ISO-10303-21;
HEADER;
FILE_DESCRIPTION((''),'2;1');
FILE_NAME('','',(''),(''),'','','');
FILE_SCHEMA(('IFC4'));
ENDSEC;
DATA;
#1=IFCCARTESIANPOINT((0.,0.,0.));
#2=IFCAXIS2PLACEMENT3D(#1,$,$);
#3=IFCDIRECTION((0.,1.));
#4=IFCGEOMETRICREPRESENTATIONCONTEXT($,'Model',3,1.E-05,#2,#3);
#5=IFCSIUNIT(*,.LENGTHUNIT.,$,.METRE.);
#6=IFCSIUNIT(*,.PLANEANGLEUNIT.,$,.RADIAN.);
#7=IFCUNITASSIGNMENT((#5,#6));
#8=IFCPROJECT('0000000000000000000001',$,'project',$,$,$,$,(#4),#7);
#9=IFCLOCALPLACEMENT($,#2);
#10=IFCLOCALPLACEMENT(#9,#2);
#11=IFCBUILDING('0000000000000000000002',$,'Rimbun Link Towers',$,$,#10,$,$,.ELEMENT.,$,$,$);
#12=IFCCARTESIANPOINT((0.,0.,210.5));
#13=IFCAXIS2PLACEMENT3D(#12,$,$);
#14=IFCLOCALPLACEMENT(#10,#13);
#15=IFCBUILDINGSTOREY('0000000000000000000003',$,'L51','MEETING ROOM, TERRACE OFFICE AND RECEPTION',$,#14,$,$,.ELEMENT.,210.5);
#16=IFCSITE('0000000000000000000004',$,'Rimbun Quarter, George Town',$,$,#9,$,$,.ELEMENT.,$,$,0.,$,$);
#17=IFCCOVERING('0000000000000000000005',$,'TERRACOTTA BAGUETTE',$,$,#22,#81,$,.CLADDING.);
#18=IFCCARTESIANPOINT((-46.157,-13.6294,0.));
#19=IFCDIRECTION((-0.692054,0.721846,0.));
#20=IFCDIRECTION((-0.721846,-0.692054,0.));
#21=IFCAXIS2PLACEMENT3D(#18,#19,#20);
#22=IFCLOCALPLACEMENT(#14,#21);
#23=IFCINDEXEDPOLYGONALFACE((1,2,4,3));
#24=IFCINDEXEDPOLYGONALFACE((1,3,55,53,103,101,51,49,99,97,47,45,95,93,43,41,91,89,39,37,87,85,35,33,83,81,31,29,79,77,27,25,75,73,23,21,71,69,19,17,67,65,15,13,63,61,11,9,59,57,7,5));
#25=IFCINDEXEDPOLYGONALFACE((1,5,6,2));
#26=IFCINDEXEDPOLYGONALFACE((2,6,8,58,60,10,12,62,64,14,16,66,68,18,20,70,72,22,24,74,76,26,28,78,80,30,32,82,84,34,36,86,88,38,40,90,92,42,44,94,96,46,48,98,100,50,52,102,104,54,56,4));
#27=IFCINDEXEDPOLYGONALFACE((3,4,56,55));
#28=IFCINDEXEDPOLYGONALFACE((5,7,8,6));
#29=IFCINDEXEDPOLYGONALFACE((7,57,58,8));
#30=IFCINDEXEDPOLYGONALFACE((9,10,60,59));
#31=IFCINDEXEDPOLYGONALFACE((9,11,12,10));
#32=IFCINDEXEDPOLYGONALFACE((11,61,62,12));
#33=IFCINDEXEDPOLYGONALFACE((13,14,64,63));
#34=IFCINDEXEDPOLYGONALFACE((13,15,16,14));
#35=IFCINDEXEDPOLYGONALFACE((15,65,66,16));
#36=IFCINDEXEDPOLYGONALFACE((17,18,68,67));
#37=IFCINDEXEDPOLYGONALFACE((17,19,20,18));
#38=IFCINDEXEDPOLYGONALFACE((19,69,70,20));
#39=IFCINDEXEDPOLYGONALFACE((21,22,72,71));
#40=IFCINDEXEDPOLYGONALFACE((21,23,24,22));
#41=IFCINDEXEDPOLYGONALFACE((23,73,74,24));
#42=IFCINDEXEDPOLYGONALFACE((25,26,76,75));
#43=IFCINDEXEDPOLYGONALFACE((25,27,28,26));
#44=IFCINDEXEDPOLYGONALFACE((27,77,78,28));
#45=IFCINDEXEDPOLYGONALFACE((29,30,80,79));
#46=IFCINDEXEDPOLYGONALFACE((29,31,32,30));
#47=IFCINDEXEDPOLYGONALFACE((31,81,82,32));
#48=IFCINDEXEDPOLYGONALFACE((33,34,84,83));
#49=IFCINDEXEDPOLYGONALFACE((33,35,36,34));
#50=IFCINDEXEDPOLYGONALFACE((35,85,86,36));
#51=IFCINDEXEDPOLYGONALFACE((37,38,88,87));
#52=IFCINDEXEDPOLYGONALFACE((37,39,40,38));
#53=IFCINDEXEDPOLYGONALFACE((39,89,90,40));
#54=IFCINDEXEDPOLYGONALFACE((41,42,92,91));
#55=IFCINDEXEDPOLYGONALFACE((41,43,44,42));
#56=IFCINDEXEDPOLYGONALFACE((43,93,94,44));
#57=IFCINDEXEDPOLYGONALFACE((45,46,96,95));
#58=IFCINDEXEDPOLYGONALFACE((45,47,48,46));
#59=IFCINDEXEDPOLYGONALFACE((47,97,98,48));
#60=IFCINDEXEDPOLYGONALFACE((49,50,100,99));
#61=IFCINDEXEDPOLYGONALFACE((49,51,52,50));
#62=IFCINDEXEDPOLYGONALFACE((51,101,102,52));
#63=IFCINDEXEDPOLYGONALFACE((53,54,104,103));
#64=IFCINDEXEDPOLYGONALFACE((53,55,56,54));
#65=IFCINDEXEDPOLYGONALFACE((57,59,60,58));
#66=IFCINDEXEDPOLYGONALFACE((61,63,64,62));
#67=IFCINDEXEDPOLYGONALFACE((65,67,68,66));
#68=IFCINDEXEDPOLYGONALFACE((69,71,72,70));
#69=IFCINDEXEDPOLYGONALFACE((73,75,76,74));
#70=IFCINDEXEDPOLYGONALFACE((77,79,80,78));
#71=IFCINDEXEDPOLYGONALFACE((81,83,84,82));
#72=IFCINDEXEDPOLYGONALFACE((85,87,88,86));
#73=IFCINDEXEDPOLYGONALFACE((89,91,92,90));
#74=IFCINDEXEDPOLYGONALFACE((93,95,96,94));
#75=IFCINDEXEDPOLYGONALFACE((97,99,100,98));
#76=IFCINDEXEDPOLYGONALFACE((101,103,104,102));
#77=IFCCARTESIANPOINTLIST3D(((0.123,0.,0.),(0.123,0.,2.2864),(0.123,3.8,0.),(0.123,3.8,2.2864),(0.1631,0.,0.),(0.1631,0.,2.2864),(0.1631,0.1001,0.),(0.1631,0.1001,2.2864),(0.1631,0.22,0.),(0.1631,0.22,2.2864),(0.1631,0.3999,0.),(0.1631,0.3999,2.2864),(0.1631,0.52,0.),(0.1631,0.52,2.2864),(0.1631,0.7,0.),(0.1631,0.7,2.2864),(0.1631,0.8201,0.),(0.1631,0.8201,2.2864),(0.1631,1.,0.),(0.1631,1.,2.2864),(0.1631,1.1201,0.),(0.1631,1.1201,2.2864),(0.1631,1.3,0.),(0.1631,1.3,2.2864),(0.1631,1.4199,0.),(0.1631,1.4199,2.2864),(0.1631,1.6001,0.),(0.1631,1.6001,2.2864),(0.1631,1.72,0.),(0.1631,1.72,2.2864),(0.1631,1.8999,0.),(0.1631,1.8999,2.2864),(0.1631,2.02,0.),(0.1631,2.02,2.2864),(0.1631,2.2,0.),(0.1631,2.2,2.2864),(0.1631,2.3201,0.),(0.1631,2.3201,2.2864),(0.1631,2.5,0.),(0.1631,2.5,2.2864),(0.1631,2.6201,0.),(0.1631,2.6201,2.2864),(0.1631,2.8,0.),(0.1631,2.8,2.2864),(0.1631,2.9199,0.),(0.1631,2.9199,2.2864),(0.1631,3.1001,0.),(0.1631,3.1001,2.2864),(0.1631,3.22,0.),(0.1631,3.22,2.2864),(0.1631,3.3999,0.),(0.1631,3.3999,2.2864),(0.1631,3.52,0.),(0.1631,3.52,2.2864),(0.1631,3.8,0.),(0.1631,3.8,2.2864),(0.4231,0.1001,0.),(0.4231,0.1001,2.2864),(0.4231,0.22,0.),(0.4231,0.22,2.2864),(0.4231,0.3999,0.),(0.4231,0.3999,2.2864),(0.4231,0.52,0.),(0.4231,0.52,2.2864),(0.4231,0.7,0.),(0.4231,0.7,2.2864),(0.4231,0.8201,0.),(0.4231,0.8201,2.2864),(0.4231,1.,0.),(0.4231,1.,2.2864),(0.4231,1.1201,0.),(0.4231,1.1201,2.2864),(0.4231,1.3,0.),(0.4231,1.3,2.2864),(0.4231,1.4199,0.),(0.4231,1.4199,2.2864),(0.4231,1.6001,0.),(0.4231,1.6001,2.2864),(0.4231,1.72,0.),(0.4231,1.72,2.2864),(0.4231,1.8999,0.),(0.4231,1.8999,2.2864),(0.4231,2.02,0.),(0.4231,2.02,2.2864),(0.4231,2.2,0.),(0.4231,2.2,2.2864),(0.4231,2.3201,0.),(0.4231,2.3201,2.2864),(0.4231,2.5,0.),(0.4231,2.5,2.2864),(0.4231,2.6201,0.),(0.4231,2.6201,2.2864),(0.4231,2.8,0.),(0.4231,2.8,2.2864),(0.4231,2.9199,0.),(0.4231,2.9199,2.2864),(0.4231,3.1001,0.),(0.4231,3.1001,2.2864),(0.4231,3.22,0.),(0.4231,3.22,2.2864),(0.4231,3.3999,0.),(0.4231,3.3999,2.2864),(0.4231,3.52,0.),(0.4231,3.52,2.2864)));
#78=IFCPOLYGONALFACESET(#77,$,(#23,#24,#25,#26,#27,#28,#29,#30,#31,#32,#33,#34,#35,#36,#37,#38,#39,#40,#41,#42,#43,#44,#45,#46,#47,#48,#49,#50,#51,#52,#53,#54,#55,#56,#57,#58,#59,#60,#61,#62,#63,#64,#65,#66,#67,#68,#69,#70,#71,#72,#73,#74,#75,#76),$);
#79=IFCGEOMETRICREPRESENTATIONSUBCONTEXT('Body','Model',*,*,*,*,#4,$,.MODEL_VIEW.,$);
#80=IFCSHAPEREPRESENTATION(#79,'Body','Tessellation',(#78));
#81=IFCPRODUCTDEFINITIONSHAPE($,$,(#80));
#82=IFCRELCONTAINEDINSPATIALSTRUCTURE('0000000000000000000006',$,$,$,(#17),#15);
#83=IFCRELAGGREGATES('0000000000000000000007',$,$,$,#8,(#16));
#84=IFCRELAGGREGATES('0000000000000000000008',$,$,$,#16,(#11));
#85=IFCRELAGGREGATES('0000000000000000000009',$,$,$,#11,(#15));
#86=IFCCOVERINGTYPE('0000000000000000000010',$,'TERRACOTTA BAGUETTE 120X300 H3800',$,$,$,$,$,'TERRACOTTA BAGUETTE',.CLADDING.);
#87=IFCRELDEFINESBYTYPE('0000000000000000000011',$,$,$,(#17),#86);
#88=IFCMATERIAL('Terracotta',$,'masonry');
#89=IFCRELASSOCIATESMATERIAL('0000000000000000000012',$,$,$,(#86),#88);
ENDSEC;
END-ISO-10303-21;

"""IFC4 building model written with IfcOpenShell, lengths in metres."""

from ifc_helpers import new_model, si_unit, direction, frame, origin, place, context, subcontext, project, spatial, polyline, outline, extrude, material, material_profile, profile_set, type_object, element, save


model = new_model("IFC4")

# Units and contexts
model_context = context("Model", 3, precision=1e-05, world=origin(), true_north=direction((0.0, 1.0)))
body_context = subcontext(model_context, "Body", "Model", "MODEL_VIEW")
ifc_project = project(units=[si_unit("LENGTHUNIT", "METRE"), si_unit("PLANEANGLEUNIT", "RADIAN")], contexts=[model_context])

# Site, building, storey
site_placement = place(None, origin())
site = spatial("IfcSite", under=ifc_project, at=site_placement, Name="Rimbun Quarter, George Town", CompositionType="ELEMENT", RefElevation=0.0)
building_placement = place(site_placement, origin())
building = spatial("IfcBuilding", under=site, at=building_placement, Name="Rimbun Link Towers", CompositionType="ELEMENT")
storey_placement = place(building_placement, frame((0.0, 0.0, 210.5)))
storey = spatial("IfcBuildingStorey", under=building, at=storey_placement, Name="L51", Description="MEETING ROOM, TERRACE OFFICE AND RECEPTION", CompositionType="ELEMENT", Elevation=210.5)

# Covering
ifc_material_1 = material(Name="Terracotta", Category="masonry")
ifc_material_profile_1 = material_profile(ifc_material_1, outline(polyline([(0.123, 0.0), (0.1631, 0.0), (0.1631, 0.1001), (0.4231, 0.1001), (0.4231, 0.22), (0.1631, 0.22), (0.1631, 0.3999), (0.4231, 0.3999), (0.4231, 0.52), (0.1631, 0.52), (0.1631, 0.7), (0.4231, 0.7), (0.4231, 0.8201), (0.1631, 0.8201), (0.1631, 1.0), (0.4231, 1.0), (0.4231, 1.1201), (0.1631, 1.1201), (0.1631, 1.3), (0.4231, 1.3), (0.4231, 1.4199), (0.1631, 1.4199), (0.1631, 1.6001), (0.4231, 1.6001), (0.4231, 1.72), (0.1631, 1.72), (0.1631, 1.8999), (0.4231, 1.8999), (0.4231, 2.02), (0.1631, 2.02), (0.1631, 2.2), (0.4231, 2.2), (0.4231, 2.3201), (0.1631, 2.3201), (0.1631, 2.5), (0.4231, 2.5), (0.4231, 2.6201), (0.1631, 2.6201), (0.1631, 2.8), (0.4231, 2.8), (0.4231, 2.9199), (0.1631, 2.9199), (0.1631, 3.1001), (0.4231, 3.1001), (0.4231, 3.22), (0.1631, 3.22), (0.1631, 3.3999), (0.4231, 3.3999), (0.4231, 3.52), (0.1631, 3.52), (0.1631, 3.8), (0.123, 3.8), (0.123, 0.0)])), Name="BAGUETTE 120X300")
ifc_profile_set_1 = profile_set([ifc_material_profile_1], Name="Terracotta")
covering_type = type_object("IfcCoveringType", Name="TERRACOTTA BAGUETTE 120X300 H3800", ElementType="TERRACOTTA BAGUETTE", PredefinedType="CLADDING", material=ifc_profile_set_1)
covering_1_placement = place(storey_placement, frame((-46.157, -13.6294, 0.0), z_axis=(-0.692054, 0.721846, 0.0), x_axis=(-0.721846, -0.692054, 0.0)))
element("IfcCovering", 1, at=covering_1_placement, inside=storey, type_object=covering_type, Name="TERRACOTTA BAGUETTE", PredefinedType="CLADDING", context=body_context, shape_type="SweptSolid", body=[
    extrude(outline(polyline([(0.123, 0.0), (0.1631, 0.0), (0.1631, 0.1001), (0.4231, 0.1001), (0.4231, 0.22), (0.1631, 0.22), (0.1631, 0.3999), (0.4231, 0.3999), (0.4231, 0.52), (0.1631, 0.52), (0.1631, 0.7), (0.4231, 0.7), (0.4231, 0.8201), (0.1631, 0.8201), (0.1631, 1.0), (0.4231, 1.0), (0.4231, 1.1201), (0.1631, 1.1201), (0.1631, 1.3), (0.4231, 1.3), (0.4231, 1.4199), (0.1631, 1.4199), (0.1631, 1.6001), (0.4231, 1.6001), (0.4231, 1.72), (0.1631, 1.72), (0.1631, 1.8999), (0.4231, 1.8999), (0.4231, 2.02), (0.1631, 2.02), (0.1631, 2.2), (0.4231, 2.2), (0.4231, 2.3201), (0.1631, 2.3201), (0.1631, 2.5), (0.4231, 2.5), (0.4231, 2.6201), (0.1631, 2.6201), (0.1631, 2.8), (0.4231, 2.8), (0.4231, 2.9199), (0.1631, 2.9199), (0.1631, 3.1001), (0.4231, 3.1001), (0.4231, 3.22), (0.1631, 3.22), (0.1631, 3.3999), (0.4231, 3.3999), (0.4231, 3.52), (0.1631, 3.52), (0.1631, 3.8), (0.123, 3.8), (0.123, 0.0)])), origin(), (0.0, 0.0, 1.0), 2.2864),
])

save(model, "model.ifc")
